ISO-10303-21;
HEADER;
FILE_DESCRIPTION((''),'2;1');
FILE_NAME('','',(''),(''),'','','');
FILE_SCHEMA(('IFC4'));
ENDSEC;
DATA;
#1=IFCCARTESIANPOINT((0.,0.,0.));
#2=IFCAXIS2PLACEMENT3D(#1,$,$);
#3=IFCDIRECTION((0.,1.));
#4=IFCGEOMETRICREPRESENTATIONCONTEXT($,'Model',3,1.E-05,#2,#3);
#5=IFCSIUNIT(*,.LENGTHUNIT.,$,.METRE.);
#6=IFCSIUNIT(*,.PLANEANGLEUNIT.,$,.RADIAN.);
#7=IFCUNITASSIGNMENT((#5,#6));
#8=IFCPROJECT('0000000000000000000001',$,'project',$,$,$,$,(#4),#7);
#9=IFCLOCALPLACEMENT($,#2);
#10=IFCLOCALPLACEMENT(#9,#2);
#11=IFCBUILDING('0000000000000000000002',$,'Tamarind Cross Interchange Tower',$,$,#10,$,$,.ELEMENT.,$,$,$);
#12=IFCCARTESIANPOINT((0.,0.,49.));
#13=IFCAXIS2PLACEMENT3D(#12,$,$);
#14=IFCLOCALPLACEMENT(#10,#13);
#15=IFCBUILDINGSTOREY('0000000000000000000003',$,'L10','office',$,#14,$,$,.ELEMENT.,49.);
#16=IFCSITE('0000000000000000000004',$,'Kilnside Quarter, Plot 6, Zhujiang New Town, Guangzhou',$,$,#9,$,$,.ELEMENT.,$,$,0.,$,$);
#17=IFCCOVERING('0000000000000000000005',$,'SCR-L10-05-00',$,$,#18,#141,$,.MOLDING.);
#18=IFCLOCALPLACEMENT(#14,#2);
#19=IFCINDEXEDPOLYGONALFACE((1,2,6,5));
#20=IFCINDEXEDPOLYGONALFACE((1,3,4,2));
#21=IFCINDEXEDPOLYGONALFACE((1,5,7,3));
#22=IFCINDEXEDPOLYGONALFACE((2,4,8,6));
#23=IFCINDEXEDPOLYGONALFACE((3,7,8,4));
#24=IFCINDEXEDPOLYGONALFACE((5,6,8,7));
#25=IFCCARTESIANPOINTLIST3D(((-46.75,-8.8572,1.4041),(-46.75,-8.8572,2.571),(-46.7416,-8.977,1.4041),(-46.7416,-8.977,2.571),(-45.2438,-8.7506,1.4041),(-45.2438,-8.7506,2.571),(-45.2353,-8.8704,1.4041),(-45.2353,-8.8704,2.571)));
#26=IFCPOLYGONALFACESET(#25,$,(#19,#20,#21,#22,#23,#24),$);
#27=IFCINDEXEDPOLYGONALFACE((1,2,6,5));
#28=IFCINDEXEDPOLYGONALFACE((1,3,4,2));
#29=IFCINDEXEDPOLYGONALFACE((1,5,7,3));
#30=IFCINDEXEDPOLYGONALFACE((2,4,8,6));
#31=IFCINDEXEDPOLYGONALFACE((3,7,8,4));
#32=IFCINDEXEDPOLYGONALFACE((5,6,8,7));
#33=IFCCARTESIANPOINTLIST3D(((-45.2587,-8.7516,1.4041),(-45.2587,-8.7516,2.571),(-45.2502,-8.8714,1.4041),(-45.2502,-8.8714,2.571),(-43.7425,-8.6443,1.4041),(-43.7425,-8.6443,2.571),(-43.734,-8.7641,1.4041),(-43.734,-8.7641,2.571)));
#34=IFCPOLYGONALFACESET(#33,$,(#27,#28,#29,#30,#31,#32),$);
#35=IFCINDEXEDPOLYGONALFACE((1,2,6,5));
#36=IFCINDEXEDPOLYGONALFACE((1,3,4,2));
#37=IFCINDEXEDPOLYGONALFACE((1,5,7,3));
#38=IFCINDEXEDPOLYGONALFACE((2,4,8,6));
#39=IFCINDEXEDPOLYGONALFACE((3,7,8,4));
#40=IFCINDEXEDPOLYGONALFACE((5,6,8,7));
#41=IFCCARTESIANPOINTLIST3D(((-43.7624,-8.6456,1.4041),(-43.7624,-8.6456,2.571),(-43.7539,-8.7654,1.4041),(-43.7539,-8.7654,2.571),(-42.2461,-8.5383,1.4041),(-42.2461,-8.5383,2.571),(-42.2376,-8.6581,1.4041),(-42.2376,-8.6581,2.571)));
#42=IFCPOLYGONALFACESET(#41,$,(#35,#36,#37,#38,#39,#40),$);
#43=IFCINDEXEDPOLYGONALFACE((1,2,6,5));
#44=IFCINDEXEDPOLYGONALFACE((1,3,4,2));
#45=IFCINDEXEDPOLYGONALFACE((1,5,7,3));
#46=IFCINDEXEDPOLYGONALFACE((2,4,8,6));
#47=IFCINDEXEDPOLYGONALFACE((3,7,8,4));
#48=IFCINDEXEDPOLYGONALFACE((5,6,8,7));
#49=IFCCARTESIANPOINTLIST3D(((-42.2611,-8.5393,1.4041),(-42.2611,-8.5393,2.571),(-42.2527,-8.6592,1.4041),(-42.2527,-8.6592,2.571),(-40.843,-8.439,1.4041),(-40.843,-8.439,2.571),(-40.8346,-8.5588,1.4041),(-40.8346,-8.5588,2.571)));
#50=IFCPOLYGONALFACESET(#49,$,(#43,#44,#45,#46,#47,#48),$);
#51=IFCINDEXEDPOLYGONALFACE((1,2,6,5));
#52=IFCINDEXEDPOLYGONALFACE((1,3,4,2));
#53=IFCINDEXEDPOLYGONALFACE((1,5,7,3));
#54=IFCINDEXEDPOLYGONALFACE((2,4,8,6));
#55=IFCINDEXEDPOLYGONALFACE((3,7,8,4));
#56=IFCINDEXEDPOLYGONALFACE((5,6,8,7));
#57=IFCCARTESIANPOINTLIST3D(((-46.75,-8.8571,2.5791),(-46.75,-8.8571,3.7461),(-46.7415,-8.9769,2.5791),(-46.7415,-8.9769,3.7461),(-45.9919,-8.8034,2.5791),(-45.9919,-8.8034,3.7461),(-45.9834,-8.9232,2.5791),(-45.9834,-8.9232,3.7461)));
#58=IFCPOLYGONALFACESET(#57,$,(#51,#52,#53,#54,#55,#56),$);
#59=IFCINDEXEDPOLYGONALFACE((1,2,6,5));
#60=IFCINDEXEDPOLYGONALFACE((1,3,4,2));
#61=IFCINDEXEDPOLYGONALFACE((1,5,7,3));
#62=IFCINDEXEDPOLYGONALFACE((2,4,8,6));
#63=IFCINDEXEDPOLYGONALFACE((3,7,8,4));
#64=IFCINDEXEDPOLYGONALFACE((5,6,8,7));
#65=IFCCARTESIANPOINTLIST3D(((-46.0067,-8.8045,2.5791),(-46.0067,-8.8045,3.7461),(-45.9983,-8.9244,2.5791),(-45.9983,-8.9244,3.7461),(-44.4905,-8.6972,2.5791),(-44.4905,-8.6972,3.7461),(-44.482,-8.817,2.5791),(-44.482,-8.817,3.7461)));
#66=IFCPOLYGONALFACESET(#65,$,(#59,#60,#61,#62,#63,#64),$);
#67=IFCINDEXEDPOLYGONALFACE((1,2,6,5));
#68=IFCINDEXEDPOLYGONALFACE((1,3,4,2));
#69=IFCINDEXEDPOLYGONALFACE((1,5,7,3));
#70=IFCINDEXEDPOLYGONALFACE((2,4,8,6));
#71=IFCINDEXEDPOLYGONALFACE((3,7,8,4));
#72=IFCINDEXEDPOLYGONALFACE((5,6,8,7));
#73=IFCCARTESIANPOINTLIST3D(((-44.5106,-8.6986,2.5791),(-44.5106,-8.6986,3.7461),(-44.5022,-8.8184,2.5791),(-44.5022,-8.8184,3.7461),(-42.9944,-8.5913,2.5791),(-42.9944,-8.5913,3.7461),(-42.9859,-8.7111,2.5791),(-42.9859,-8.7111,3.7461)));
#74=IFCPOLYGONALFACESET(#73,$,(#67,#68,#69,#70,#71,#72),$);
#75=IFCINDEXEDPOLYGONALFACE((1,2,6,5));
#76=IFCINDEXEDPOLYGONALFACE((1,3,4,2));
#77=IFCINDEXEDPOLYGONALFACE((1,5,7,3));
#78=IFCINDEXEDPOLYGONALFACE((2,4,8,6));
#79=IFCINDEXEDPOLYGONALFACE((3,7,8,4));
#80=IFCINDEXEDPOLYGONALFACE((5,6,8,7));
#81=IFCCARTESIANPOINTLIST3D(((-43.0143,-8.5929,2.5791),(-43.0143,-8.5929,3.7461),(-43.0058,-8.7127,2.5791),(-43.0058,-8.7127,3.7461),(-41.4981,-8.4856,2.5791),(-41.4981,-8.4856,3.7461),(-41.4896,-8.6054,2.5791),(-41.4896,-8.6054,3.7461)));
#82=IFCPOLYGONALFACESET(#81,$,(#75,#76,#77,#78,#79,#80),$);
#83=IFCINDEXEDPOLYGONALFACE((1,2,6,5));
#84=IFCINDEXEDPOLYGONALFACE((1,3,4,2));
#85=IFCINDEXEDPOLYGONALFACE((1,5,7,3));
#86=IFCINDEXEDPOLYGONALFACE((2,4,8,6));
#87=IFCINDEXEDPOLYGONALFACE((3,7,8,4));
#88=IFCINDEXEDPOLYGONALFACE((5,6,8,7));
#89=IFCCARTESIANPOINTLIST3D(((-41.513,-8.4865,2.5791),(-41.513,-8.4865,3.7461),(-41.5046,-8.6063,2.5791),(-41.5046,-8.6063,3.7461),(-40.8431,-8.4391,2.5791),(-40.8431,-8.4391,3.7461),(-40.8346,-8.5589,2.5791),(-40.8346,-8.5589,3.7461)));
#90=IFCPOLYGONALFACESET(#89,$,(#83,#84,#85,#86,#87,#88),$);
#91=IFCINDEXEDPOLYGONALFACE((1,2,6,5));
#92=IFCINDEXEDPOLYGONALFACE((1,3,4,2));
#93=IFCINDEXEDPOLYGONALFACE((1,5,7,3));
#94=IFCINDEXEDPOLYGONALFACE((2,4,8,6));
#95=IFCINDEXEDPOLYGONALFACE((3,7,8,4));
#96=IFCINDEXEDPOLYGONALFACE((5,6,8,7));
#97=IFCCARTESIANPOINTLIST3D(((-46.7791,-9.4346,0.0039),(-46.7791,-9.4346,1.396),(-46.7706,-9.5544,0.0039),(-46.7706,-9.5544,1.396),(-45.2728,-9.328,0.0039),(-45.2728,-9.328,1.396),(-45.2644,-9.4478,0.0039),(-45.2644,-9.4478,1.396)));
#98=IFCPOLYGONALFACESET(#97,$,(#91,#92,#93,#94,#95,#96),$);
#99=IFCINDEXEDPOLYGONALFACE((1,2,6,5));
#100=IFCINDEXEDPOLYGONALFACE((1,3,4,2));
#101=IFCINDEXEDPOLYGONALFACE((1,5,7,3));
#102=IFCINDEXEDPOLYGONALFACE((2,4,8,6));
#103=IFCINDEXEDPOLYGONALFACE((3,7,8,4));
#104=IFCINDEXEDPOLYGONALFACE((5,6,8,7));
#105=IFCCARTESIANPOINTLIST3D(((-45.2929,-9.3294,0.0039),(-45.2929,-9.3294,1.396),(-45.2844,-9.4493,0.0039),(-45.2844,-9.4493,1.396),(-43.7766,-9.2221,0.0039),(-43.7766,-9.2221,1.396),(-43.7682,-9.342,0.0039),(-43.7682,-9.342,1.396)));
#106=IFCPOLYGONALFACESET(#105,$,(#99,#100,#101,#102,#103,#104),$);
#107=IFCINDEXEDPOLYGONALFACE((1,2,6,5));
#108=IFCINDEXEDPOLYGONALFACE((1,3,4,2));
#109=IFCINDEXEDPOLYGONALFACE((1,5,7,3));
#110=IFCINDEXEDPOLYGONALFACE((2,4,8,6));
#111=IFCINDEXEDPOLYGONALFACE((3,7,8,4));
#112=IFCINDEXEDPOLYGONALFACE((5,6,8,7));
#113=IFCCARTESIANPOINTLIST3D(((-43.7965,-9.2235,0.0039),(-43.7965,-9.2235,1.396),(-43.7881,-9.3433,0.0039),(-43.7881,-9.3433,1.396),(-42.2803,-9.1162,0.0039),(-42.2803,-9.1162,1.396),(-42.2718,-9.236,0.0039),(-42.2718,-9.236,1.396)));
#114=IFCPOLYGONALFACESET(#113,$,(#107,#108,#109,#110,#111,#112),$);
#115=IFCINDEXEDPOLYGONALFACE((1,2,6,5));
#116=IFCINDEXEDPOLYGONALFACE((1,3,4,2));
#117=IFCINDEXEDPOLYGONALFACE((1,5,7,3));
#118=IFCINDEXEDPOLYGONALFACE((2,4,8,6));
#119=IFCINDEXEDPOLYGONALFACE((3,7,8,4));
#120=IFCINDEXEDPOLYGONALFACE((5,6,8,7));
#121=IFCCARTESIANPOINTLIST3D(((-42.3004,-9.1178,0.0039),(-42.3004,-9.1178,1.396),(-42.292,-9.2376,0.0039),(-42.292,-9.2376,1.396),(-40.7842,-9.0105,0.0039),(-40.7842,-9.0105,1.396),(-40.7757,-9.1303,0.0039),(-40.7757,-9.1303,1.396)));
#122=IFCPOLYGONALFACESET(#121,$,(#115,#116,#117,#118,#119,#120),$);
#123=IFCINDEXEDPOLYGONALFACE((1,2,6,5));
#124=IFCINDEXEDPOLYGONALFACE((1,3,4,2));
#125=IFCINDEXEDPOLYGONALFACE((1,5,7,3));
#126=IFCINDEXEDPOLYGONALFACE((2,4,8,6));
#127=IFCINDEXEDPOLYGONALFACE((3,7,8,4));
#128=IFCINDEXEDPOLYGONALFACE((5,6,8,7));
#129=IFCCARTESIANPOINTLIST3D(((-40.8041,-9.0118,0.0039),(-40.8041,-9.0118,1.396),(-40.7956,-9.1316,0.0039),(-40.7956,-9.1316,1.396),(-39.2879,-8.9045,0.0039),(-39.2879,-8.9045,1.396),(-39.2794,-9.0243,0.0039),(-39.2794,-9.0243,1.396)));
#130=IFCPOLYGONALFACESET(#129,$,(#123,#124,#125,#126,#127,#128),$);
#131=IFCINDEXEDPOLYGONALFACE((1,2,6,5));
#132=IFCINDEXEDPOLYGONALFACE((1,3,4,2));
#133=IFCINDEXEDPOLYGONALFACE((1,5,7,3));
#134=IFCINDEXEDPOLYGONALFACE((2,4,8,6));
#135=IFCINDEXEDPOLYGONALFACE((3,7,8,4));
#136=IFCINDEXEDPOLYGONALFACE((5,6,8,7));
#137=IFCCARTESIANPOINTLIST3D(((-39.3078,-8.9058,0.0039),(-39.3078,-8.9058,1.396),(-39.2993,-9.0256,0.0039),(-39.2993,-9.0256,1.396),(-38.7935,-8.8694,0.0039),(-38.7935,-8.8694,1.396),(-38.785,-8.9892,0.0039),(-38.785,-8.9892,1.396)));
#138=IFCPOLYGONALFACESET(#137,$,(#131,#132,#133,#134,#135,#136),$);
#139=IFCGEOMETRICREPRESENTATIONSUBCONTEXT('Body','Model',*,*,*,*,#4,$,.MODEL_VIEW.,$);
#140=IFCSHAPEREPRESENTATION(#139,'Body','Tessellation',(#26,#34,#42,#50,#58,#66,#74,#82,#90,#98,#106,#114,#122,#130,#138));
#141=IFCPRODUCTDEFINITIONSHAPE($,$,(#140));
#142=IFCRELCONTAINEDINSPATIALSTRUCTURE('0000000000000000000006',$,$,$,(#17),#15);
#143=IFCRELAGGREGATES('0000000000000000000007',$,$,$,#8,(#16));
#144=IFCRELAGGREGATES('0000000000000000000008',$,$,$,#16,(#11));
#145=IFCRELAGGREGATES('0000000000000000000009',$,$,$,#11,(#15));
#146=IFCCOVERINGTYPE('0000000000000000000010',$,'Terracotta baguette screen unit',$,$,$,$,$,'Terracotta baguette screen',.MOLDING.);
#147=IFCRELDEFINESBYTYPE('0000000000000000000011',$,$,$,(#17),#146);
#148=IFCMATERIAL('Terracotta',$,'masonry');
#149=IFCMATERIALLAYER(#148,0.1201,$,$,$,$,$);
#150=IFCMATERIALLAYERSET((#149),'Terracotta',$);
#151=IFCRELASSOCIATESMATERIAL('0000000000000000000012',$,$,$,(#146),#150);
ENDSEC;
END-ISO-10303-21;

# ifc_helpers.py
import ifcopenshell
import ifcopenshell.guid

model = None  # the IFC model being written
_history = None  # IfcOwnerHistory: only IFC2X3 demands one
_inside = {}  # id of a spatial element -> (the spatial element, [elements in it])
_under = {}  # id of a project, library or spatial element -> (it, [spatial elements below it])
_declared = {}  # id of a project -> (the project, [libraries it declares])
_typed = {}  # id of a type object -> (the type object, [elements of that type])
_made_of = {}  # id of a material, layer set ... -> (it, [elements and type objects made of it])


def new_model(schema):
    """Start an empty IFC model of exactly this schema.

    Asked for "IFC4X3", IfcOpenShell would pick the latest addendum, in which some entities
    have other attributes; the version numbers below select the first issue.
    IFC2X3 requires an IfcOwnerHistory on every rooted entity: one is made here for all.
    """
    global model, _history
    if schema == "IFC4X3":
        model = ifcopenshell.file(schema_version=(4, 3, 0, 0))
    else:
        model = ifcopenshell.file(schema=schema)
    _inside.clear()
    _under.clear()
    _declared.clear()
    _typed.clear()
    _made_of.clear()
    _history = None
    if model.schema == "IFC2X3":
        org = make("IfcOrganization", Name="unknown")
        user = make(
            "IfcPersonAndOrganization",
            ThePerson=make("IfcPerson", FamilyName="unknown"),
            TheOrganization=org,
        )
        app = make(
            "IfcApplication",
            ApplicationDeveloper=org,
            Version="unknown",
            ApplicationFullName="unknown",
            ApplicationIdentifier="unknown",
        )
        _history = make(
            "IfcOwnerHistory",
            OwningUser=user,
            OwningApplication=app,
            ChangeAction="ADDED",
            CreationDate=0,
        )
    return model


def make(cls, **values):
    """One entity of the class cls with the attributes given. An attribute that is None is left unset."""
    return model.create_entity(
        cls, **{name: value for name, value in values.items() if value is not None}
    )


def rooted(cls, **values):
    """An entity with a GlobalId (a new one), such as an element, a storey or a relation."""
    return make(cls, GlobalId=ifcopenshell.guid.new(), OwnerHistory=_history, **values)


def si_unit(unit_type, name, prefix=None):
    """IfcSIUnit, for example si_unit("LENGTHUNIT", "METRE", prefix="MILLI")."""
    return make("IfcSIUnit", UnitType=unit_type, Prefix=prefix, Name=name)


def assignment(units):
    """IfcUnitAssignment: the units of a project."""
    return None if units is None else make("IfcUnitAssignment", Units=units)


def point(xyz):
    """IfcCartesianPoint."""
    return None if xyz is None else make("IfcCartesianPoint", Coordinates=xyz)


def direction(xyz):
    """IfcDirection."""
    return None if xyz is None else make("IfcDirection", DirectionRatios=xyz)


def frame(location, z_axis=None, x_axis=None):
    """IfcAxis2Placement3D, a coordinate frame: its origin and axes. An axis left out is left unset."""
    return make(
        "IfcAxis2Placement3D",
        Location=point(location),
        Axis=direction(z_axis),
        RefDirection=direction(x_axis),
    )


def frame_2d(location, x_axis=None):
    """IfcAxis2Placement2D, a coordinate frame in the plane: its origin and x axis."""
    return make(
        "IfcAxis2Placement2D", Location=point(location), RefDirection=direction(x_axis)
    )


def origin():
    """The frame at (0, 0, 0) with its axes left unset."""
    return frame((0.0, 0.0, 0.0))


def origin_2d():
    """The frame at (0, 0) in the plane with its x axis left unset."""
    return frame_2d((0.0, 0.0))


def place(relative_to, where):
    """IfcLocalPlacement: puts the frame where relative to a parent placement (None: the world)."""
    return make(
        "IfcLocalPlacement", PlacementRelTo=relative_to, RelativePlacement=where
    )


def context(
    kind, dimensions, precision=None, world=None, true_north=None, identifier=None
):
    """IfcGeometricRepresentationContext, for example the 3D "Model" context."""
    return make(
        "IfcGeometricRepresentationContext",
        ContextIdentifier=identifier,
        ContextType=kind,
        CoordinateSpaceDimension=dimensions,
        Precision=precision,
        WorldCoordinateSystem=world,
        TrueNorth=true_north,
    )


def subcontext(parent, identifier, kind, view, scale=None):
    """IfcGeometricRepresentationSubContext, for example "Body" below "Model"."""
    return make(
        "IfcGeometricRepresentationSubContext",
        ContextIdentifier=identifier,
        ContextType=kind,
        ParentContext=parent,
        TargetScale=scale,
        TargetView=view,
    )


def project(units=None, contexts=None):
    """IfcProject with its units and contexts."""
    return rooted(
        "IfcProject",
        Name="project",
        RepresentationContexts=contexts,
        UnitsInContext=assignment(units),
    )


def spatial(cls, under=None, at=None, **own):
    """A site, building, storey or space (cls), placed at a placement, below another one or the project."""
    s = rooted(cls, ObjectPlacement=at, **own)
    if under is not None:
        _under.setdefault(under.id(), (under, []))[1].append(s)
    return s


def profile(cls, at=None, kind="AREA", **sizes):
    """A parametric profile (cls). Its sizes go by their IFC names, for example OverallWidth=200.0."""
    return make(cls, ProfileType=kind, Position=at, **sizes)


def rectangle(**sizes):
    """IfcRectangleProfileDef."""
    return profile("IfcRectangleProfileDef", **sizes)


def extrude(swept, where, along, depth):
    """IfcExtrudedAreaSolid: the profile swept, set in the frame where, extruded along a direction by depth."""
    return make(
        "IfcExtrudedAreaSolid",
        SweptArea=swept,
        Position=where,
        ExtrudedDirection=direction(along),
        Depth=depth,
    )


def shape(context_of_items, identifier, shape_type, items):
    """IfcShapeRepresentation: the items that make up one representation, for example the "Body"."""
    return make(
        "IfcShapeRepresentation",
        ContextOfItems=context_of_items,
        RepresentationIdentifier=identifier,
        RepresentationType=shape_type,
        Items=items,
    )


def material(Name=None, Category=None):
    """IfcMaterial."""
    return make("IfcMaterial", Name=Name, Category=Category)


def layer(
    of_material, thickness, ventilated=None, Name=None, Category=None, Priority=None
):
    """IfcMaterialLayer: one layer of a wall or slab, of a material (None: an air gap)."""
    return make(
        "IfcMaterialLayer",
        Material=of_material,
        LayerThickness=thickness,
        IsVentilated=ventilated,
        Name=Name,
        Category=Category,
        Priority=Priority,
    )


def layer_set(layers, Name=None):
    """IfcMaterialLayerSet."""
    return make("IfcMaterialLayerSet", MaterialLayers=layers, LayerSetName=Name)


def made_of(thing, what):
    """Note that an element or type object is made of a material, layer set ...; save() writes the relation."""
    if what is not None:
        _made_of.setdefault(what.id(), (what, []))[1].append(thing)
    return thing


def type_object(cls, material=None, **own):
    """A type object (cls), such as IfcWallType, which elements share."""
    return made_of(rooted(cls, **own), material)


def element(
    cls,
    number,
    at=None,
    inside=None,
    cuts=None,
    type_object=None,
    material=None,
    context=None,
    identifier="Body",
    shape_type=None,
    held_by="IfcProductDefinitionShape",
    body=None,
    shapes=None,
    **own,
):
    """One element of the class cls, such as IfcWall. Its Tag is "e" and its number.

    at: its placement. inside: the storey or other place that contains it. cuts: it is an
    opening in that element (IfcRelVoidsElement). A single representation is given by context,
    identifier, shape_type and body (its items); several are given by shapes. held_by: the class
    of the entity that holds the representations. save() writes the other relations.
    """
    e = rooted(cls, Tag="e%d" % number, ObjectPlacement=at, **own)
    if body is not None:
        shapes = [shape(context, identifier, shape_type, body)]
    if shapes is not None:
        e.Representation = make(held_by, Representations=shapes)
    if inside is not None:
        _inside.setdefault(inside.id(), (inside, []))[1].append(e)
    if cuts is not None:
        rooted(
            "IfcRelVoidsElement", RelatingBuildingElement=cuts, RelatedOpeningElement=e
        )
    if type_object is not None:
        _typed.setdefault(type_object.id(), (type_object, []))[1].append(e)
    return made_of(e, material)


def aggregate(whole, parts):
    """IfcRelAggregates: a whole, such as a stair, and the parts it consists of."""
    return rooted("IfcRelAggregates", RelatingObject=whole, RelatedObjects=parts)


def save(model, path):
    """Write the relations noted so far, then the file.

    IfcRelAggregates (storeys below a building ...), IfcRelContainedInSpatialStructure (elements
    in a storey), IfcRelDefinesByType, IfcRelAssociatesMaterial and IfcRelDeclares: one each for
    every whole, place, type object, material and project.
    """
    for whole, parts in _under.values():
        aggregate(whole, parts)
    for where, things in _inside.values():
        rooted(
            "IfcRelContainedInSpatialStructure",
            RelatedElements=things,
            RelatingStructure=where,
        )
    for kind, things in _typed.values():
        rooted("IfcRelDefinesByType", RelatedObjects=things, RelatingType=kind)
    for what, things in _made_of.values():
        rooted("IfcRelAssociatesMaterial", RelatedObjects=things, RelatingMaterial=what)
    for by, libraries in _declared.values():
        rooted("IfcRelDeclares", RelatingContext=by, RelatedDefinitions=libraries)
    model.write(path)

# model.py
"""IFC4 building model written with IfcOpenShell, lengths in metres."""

from ifc_helpers import new_model, si_unit, direction, frame, origin, origin_2d, place, context, subcontext, project, spatial, rectangle, extrude, material, layer, layer_set, type_object, element, save


model = new_model("IFC4")

# Units and contexts
model_context = context("Model", 3, precision=1e-05, world=origin(), true_north=direction((0.0, 1.0)))
body_context = subcontext(model_context, "Body", "Model", "MODEL_VIEW")
ifc_project = project(units=[si_unit("LENGTHUNIT", "METRE"), si_unit("PLANEANGLEUNIT", "RADIAN")], contexts=[model_context])

# Site, building, storey
site_placement = place(None, origin())
site = spatial("IfcSite", under=ifc_project, at=site_placement, Name="Kilnside Quarter, Plot 6, Zhujiang New Town, Guangzhou", CompositionType="ELEMENT", RefElevation=0.0)
building_placement = place(site_placement, origin())
building = spatial("IfcBuilding", under=site, at=building_placement, Name="Tamarind Cross Interchange Tower", CompositionType="ELEMENT")
storey_placement = place(building_placement, frame((0.0, 0.0, 49.0)))
storey = spatial("IfcBuildingStorey", under=building, at=storey_placement, Name="L10", Description="office", CompositionType="ELEMENT", Elevation=49.0)

# Covering
ifc_material_1 = material(Name="Terracotta", Category="masonry")
ifc_layer_1 = layer(ifc_material_1, 0.1201)
ifc_layer_set_1 = layer_set([ifc_layer_1], Name="Terracotta")
covering_type = type_object("IfcCoveringType", Name="Terracotta baguette screen unit", ElementType="Terracotta baguette screen", PredefinedType="MOLDING", material=ifc_layer_set_1)
covering_1_placement = place(storey_placement, origin())
element("IfcCovering", 1, at=covering_1_placement, inside=storey, type_object=covering_type, Name="SCR-L10-05-00", PredefinedType="MOLDING", context=body_context, shape_type="SweptSolid", body=[
    extrude(rectangle(XDim=1.51, YDim=0.1201, at=origin_2d()), frame((-45.9927, -8.8638, 1.4041), z_axis=(0.0, 0.0, 1.0), x_axis=(0.997505, 0.070594, 0.0)), (0.0, 0.0, 1.0), 1.167),
    extrude(rectangle(XDim=1.52, YDim=0.1201, at=origin_2d()), frame((-44.4963, -8.7578, 1.4041), z_axis=(0.0, 0.0, 1.0), x_axis=(0.997505, 0.070594, 0.0)), (0.0, 0.0, 1.0), 1.167),
    extrude(rectangle(XDim=1.52, YDim=0.1201, at=origin_2d()), frame((-43.0, -8.6519, 1.4041), z_axis=(0.0, 0.0, 1.0), x_axis=(0.997505, 0.070594, 0.0)), (0.0, 0.0, 1.0), 1.167),
    extrude(rectangle(XDim=1.4216, YDim=0.1201, at=origin_2d()), frame((-41.5479, -8.5491, 1.4041), z_axis=(0.0, 0.0, 1.0), x_axis=(0.997505, 0.070594, 0.0)), (0.0, 0.0, 1.0), 1.167),
    extrude(rectangle(XDim=0.76, YDim=0.1201, at=origin_2d()), frame((-46.3667, -8.8901, 2.5791), z_axis=(0.0, 0.0, 1.0), x_axis=(0.997505, 0.070594, 0.0)), (0.0, 0.0, 1.0), 1.167),
    extrude(rectangle(XDim=1.52, YDim=0.1201, at=origin_2d()), frame((-45.2444, -8.8108, 2.5791), z_axis=(0.0, 0.0, 1.0), x_axis=(0.997505, 0.070594, 0.0)), (0.0, 0.0, 1.0), 1.167),
    extrude(rectangle(XDim=1.52, YDim=0.1201, at=origin_2d()), frame((-43.7483, -8.7048, 2.5791), z_axis=(0.0, 0.0, 1.0), x_axis=(0.997505, 0.070594, 0.0)), (0.0, 0.0, 1.0), 1.167),
    extrude(rectangle(XDim=1.52, YDim=0.1201, at=origin_2d()), frame((-42.252, -8.5991, 2.5791), z_axis=(0.0, 0.0, 1.0), x_axis=(0.997505, 0.070594, 0.0)), (0.0, 0.0, 1.0), 1.167),
    extrude(rectangle(XDim=0.6716, YDim=0.1201, at=origin_2d()), frame((-41.1738, -8.5227, 2.5791), z_axis=(0.0, 0.0, 1.0), x_axis=(0.997505, 0.070594, 0.0)), (0.0, 0.0, 1.0), 1.167),
    extrude(rectangle(XDim=1.51, YDim=0.1201, at=origin_2d()), frame((-46.0217, -9.4412, 0.0039), z_axis=(0.0, 0.0, 1.0), x_axis=(0.997505, 0.070594, 0.0)), (0.0, 0.0, 1.0), 1.3921),
    extrude(rectangle(XDim=1.52, YDim=0.1201, at=origin_2d()), frame((-44.5305, -9.3357, 0.0039), z_axis=(0.0, 0.0, 1.0), x_axis=(0.997505, 0.070594, 0.0)), (0.0, 0.0, 1.0), 1.3921),
    extrude(rectangle(XDim=1.52, YDim=0.1201, at=origin_2d()), frame((-43.0342, -9.2297, 0.0039), z_axis=(0.0, 0.0, 1.0), x_axis=(0.997505, 0.070594, 0.0)), (0.0, 0.0, 1.0), 1.3921),
    extrude(rectangle(XDim=1.52, YDim=0.1201, at=origin_2d()), frame((-41.5381, -9.124, 0.0039), z_axis=(0.0, 0.0, 1.0), x_axis=(0.997505, 0.070594, 0.0)), (0.0, 0.0, 1.0), 1.3921),
    extrude(rectangle(XDim=1.52, YDim=0.1201, at=origin_2d()), frame((-40.0417, -9.0181, 0.0039), z_axis=(0.0, 0.0, 1.0), x_axis=(0.997505, 0.070594, 0.0)), (0.0, 0.0, 1.0), 1.3921),
    extrude(rectangle(XDim=0.5156, YDim=0.1201, at=origin_2d()), frame((-39.0464, -8.9475, 0.0039), z_axis=(0.0, 0.0, 1.0), x_axis=(0.997505, 0.070594, 0.0)), (0.0, 0.0, 1.0), 1.3921),
])

save(model, "model.ifc")
